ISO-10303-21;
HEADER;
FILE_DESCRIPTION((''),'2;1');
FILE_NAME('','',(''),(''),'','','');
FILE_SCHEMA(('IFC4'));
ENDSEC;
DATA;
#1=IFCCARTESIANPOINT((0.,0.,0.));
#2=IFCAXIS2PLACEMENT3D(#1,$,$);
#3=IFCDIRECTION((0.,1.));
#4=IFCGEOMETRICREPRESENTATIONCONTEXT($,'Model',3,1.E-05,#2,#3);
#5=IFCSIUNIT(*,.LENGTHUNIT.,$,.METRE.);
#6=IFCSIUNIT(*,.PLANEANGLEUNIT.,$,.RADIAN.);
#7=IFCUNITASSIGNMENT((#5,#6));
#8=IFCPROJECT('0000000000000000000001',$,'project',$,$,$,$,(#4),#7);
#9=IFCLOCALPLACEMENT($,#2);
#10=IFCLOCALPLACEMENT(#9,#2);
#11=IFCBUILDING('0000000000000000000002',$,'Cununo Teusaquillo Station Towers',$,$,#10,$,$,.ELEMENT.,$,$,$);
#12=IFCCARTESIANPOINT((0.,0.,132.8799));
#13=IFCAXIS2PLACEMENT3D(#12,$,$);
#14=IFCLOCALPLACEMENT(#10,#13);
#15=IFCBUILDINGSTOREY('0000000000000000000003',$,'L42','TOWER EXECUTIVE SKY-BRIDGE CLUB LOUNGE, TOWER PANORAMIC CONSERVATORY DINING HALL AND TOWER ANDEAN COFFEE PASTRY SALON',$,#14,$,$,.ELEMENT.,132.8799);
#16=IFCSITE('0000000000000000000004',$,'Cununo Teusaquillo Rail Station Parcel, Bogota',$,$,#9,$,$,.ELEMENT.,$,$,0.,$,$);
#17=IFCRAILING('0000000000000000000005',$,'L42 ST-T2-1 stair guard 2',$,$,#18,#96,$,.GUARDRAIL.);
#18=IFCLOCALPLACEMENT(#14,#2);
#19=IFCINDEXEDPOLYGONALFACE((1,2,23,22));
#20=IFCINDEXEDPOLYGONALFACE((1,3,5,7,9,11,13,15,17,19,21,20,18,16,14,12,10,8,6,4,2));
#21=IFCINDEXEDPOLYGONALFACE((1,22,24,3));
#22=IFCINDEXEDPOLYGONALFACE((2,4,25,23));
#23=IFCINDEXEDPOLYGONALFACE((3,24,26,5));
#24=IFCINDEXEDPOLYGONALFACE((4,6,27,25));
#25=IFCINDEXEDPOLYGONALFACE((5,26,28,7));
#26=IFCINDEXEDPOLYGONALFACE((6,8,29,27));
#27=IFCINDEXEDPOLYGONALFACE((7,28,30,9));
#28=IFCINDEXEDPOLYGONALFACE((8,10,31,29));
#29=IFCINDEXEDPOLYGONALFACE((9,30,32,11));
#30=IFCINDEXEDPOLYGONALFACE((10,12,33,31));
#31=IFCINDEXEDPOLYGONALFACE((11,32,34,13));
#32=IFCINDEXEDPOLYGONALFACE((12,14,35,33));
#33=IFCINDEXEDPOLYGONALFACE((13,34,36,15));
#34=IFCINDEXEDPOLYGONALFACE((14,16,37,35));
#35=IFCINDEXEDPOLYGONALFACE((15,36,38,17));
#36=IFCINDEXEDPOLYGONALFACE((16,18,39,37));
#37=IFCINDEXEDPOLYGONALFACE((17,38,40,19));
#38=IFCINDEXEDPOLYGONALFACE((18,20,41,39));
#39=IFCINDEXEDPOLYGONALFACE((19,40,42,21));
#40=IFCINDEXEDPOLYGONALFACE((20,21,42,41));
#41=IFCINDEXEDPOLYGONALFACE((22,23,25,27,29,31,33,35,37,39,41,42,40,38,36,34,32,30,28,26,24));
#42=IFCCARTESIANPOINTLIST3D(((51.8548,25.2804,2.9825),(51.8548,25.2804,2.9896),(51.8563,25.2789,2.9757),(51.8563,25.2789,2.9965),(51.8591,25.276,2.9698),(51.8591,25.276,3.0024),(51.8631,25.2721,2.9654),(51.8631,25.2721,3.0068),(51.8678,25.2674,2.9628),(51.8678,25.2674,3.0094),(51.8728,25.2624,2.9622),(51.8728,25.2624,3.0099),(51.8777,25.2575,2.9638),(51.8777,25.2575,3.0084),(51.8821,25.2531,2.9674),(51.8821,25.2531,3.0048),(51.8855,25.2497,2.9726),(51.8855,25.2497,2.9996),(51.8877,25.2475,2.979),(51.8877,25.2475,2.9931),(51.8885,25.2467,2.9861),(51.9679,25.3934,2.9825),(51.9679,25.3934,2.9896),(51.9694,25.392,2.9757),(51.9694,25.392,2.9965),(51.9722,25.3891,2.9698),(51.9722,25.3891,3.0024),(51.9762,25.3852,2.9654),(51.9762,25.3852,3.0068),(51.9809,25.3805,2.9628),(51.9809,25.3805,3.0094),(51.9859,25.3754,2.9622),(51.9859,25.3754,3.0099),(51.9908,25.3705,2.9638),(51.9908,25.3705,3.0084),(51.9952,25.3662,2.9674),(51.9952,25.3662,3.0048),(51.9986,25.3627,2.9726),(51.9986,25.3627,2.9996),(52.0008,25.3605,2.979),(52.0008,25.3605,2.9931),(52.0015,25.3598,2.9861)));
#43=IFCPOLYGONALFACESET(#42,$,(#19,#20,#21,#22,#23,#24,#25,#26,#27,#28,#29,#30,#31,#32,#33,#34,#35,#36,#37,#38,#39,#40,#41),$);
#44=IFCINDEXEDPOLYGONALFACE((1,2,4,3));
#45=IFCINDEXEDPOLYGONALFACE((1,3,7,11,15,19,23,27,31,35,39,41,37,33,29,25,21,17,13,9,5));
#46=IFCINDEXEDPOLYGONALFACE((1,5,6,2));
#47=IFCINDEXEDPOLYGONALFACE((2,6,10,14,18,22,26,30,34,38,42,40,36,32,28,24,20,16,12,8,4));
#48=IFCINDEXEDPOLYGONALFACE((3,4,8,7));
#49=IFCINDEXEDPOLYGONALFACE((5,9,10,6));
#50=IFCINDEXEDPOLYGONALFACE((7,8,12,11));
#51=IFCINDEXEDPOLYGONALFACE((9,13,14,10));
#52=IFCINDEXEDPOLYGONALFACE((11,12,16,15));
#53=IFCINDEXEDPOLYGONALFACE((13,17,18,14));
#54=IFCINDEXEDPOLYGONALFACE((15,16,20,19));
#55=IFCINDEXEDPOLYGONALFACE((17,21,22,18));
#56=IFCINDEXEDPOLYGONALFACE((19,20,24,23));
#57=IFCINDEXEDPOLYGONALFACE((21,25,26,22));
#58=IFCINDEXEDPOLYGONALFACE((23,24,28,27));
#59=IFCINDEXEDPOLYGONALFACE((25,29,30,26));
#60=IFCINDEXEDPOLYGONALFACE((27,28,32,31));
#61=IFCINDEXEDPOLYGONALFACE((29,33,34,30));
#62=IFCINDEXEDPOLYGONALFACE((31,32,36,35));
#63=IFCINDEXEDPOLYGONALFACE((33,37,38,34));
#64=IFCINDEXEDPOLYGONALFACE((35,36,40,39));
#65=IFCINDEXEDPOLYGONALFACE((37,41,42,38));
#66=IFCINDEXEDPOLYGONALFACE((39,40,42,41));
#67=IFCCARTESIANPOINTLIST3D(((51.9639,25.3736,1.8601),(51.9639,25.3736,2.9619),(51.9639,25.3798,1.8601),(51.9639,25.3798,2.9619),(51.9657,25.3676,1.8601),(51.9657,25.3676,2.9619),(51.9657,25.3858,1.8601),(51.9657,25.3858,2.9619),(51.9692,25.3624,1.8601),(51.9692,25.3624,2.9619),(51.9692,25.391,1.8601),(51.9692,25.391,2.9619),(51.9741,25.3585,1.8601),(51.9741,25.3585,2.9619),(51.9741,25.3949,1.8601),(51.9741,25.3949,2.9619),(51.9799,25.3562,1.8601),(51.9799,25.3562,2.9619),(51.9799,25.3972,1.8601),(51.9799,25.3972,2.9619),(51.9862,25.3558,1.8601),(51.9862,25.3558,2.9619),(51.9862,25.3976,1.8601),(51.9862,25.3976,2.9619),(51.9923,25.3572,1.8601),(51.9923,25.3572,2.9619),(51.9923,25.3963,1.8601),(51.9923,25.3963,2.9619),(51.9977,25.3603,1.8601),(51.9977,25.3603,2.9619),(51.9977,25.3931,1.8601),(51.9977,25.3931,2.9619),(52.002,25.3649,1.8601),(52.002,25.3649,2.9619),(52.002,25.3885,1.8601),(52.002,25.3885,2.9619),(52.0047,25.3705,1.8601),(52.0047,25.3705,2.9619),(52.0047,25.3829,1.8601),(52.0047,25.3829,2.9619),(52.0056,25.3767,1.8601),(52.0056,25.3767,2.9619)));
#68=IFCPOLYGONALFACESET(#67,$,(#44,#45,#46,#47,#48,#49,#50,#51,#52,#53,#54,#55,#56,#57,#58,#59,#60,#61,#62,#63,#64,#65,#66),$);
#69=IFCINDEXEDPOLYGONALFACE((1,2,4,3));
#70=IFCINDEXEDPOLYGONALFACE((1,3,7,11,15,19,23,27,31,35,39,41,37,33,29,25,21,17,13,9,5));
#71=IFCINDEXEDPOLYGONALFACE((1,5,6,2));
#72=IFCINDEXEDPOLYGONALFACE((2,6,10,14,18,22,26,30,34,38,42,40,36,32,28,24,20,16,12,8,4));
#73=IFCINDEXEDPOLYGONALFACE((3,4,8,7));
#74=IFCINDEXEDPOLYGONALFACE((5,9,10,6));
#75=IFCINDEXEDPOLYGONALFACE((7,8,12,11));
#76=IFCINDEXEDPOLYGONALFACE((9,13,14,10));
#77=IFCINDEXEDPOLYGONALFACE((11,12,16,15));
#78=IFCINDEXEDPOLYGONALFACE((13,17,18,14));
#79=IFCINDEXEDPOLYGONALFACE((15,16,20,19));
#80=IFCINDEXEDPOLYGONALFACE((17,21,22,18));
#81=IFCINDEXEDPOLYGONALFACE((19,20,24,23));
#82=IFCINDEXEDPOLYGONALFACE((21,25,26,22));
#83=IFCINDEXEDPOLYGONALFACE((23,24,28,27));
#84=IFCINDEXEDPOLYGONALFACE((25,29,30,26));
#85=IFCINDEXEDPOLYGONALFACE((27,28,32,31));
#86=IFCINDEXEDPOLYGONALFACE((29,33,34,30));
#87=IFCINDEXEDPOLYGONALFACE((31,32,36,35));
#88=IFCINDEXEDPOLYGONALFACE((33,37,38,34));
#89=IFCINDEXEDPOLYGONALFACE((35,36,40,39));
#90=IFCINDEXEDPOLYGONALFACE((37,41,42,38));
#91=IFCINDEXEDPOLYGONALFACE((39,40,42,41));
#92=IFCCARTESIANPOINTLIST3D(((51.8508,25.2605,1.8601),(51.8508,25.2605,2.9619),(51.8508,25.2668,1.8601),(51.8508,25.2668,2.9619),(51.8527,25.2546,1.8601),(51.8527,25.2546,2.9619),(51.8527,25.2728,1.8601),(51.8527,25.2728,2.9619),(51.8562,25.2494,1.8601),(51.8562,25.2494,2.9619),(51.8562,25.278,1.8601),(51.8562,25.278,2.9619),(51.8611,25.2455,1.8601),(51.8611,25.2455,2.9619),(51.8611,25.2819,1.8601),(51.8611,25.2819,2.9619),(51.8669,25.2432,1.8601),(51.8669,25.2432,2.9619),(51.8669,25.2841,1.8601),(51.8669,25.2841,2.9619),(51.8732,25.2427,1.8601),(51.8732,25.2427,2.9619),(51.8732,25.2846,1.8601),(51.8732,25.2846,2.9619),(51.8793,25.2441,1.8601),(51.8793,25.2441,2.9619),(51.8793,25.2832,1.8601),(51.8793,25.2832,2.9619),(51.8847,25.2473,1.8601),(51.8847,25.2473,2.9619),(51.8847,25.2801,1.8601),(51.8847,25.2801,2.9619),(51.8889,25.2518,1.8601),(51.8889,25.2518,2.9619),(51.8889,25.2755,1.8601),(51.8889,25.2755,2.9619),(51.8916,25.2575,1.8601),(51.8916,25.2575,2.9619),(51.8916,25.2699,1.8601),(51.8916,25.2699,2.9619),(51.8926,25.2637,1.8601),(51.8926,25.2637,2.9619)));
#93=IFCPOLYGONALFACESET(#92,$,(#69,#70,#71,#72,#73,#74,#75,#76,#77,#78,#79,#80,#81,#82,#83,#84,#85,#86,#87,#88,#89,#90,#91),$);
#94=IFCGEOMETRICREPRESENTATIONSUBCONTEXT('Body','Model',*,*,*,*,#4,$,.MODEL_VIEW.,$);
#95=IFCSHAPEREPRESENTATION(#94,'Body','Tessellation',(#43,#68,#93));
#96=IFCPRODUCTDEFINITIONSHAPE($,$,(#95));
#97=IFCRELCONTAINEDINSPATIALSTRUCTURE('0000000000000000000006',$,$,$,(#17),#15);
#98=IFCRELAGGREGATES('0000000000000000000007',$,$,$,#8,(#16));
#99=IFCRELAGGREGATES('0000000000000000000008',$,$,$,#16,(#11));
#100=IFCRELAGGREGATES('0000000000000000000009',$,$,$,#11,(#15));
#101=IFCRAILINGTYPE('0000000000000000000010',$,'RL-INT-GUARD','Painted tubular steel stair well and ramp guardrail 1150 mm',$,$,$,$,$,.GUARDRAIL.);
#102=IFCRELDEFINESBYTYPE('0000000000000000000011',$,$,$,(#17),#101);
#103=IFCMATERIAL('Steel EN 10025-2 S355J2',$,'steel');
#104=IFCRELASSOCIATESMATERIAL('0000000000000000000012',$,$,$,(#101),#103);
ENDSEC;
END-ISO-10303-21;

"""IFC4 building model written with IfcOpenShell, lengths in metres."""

from ifc_helpers import new_model, si_unit, direction, frame, origin, origin_2d, place, context, subcontext, project, spatial, circle, extrude, material, type_object, element, save


model = new_model("IFC4")

# Units and contexts
model_context = context("Model", 3, precision=1e-05, world=origin(), true_north=direction((0.0, 1.0)))
body_context = subcontext(model_context, "Body", "Model", "MODEL_VIEW")
ifc_project = project(units=[si_unit("LENGTHUNIT", "METRE"), si_unit("PLANEANGLEUNIT", "RADIAN")], contexts=[model_context])

# Site, building, storey
site_placement = place(None, origin())
site = spatial("IfcSite", under=ifc_project, at=site_placement, Name="Cununo Teusaquillo Rail Station Parcel, Bogota", CompositionType="ELEMENT", RefElevation=0.0)
building_placement = place(site_placement, origin())
building = spatial("IfcBuilding", under=site, at=building_placement, Name="Cununo Teusaquillo Station Towers", CompositionType="ELEMENT")
storey_placement = place(building_placement, frame((0.0, 0.0, 132.8799)))
storey = spatial("IfcBuildingStorey", under=building, at=storey_placement, Name="L42", Description="TOWER EXECUTIVE SKY-BRIDGE CLUB LOUNGE, TOWER PANORAMIC CONSERVATORY DINING HALL AND TOWER ANDEAN COFFEE PASTRY SALON", CompositionType="ELEMENT", Elevation=132.8799)

# Railing
ifc_material_1 = material(Name="Steel EN 10025-2 S355J2", Category="steel")
railing_type_1 = type_object("IfcRailingType", Name="RL-INT-GUARD", Description="Painted tubular steel stair well and ramp guardrail 1150 mm", PredefinedType="GUARDRAIL", material=ifc_material_1)
railing_1_placement = place(storey_placement, frame((51.9846, 25.3767, 1.8601)))
element("IfcRailing", 1, at=railing_1_placement, inside=storey, type_object=railing_type_1, Name="L42 ST-T2-1 stair guard 2", PredefinedType="GUARDRAIL", context=body_context, shape_type="SweptSolid", body=[
    extrude(circle(Radius=0.0239, at=origin_2d()), frame((0.0, 0.0, 1.126), z_axis=(-0.707107, -0.707107, 0.0), x_axis=(0.707107, -0.707107, 0.0)), (0.0, 0.0, 1.0), 0.1599),
    extrude(circle(Radius=0.021, at=origin_2d()), origin(), (0.0, 0.0, 1.0), 1.1018),
    extrude(circle(Radius=0.021, at=origin_2d()), frame((-0.113, -0.113, 0.0)), (0.0, 0.0, 1.0), 1.1018),
])

save(model, "model.ifc")
